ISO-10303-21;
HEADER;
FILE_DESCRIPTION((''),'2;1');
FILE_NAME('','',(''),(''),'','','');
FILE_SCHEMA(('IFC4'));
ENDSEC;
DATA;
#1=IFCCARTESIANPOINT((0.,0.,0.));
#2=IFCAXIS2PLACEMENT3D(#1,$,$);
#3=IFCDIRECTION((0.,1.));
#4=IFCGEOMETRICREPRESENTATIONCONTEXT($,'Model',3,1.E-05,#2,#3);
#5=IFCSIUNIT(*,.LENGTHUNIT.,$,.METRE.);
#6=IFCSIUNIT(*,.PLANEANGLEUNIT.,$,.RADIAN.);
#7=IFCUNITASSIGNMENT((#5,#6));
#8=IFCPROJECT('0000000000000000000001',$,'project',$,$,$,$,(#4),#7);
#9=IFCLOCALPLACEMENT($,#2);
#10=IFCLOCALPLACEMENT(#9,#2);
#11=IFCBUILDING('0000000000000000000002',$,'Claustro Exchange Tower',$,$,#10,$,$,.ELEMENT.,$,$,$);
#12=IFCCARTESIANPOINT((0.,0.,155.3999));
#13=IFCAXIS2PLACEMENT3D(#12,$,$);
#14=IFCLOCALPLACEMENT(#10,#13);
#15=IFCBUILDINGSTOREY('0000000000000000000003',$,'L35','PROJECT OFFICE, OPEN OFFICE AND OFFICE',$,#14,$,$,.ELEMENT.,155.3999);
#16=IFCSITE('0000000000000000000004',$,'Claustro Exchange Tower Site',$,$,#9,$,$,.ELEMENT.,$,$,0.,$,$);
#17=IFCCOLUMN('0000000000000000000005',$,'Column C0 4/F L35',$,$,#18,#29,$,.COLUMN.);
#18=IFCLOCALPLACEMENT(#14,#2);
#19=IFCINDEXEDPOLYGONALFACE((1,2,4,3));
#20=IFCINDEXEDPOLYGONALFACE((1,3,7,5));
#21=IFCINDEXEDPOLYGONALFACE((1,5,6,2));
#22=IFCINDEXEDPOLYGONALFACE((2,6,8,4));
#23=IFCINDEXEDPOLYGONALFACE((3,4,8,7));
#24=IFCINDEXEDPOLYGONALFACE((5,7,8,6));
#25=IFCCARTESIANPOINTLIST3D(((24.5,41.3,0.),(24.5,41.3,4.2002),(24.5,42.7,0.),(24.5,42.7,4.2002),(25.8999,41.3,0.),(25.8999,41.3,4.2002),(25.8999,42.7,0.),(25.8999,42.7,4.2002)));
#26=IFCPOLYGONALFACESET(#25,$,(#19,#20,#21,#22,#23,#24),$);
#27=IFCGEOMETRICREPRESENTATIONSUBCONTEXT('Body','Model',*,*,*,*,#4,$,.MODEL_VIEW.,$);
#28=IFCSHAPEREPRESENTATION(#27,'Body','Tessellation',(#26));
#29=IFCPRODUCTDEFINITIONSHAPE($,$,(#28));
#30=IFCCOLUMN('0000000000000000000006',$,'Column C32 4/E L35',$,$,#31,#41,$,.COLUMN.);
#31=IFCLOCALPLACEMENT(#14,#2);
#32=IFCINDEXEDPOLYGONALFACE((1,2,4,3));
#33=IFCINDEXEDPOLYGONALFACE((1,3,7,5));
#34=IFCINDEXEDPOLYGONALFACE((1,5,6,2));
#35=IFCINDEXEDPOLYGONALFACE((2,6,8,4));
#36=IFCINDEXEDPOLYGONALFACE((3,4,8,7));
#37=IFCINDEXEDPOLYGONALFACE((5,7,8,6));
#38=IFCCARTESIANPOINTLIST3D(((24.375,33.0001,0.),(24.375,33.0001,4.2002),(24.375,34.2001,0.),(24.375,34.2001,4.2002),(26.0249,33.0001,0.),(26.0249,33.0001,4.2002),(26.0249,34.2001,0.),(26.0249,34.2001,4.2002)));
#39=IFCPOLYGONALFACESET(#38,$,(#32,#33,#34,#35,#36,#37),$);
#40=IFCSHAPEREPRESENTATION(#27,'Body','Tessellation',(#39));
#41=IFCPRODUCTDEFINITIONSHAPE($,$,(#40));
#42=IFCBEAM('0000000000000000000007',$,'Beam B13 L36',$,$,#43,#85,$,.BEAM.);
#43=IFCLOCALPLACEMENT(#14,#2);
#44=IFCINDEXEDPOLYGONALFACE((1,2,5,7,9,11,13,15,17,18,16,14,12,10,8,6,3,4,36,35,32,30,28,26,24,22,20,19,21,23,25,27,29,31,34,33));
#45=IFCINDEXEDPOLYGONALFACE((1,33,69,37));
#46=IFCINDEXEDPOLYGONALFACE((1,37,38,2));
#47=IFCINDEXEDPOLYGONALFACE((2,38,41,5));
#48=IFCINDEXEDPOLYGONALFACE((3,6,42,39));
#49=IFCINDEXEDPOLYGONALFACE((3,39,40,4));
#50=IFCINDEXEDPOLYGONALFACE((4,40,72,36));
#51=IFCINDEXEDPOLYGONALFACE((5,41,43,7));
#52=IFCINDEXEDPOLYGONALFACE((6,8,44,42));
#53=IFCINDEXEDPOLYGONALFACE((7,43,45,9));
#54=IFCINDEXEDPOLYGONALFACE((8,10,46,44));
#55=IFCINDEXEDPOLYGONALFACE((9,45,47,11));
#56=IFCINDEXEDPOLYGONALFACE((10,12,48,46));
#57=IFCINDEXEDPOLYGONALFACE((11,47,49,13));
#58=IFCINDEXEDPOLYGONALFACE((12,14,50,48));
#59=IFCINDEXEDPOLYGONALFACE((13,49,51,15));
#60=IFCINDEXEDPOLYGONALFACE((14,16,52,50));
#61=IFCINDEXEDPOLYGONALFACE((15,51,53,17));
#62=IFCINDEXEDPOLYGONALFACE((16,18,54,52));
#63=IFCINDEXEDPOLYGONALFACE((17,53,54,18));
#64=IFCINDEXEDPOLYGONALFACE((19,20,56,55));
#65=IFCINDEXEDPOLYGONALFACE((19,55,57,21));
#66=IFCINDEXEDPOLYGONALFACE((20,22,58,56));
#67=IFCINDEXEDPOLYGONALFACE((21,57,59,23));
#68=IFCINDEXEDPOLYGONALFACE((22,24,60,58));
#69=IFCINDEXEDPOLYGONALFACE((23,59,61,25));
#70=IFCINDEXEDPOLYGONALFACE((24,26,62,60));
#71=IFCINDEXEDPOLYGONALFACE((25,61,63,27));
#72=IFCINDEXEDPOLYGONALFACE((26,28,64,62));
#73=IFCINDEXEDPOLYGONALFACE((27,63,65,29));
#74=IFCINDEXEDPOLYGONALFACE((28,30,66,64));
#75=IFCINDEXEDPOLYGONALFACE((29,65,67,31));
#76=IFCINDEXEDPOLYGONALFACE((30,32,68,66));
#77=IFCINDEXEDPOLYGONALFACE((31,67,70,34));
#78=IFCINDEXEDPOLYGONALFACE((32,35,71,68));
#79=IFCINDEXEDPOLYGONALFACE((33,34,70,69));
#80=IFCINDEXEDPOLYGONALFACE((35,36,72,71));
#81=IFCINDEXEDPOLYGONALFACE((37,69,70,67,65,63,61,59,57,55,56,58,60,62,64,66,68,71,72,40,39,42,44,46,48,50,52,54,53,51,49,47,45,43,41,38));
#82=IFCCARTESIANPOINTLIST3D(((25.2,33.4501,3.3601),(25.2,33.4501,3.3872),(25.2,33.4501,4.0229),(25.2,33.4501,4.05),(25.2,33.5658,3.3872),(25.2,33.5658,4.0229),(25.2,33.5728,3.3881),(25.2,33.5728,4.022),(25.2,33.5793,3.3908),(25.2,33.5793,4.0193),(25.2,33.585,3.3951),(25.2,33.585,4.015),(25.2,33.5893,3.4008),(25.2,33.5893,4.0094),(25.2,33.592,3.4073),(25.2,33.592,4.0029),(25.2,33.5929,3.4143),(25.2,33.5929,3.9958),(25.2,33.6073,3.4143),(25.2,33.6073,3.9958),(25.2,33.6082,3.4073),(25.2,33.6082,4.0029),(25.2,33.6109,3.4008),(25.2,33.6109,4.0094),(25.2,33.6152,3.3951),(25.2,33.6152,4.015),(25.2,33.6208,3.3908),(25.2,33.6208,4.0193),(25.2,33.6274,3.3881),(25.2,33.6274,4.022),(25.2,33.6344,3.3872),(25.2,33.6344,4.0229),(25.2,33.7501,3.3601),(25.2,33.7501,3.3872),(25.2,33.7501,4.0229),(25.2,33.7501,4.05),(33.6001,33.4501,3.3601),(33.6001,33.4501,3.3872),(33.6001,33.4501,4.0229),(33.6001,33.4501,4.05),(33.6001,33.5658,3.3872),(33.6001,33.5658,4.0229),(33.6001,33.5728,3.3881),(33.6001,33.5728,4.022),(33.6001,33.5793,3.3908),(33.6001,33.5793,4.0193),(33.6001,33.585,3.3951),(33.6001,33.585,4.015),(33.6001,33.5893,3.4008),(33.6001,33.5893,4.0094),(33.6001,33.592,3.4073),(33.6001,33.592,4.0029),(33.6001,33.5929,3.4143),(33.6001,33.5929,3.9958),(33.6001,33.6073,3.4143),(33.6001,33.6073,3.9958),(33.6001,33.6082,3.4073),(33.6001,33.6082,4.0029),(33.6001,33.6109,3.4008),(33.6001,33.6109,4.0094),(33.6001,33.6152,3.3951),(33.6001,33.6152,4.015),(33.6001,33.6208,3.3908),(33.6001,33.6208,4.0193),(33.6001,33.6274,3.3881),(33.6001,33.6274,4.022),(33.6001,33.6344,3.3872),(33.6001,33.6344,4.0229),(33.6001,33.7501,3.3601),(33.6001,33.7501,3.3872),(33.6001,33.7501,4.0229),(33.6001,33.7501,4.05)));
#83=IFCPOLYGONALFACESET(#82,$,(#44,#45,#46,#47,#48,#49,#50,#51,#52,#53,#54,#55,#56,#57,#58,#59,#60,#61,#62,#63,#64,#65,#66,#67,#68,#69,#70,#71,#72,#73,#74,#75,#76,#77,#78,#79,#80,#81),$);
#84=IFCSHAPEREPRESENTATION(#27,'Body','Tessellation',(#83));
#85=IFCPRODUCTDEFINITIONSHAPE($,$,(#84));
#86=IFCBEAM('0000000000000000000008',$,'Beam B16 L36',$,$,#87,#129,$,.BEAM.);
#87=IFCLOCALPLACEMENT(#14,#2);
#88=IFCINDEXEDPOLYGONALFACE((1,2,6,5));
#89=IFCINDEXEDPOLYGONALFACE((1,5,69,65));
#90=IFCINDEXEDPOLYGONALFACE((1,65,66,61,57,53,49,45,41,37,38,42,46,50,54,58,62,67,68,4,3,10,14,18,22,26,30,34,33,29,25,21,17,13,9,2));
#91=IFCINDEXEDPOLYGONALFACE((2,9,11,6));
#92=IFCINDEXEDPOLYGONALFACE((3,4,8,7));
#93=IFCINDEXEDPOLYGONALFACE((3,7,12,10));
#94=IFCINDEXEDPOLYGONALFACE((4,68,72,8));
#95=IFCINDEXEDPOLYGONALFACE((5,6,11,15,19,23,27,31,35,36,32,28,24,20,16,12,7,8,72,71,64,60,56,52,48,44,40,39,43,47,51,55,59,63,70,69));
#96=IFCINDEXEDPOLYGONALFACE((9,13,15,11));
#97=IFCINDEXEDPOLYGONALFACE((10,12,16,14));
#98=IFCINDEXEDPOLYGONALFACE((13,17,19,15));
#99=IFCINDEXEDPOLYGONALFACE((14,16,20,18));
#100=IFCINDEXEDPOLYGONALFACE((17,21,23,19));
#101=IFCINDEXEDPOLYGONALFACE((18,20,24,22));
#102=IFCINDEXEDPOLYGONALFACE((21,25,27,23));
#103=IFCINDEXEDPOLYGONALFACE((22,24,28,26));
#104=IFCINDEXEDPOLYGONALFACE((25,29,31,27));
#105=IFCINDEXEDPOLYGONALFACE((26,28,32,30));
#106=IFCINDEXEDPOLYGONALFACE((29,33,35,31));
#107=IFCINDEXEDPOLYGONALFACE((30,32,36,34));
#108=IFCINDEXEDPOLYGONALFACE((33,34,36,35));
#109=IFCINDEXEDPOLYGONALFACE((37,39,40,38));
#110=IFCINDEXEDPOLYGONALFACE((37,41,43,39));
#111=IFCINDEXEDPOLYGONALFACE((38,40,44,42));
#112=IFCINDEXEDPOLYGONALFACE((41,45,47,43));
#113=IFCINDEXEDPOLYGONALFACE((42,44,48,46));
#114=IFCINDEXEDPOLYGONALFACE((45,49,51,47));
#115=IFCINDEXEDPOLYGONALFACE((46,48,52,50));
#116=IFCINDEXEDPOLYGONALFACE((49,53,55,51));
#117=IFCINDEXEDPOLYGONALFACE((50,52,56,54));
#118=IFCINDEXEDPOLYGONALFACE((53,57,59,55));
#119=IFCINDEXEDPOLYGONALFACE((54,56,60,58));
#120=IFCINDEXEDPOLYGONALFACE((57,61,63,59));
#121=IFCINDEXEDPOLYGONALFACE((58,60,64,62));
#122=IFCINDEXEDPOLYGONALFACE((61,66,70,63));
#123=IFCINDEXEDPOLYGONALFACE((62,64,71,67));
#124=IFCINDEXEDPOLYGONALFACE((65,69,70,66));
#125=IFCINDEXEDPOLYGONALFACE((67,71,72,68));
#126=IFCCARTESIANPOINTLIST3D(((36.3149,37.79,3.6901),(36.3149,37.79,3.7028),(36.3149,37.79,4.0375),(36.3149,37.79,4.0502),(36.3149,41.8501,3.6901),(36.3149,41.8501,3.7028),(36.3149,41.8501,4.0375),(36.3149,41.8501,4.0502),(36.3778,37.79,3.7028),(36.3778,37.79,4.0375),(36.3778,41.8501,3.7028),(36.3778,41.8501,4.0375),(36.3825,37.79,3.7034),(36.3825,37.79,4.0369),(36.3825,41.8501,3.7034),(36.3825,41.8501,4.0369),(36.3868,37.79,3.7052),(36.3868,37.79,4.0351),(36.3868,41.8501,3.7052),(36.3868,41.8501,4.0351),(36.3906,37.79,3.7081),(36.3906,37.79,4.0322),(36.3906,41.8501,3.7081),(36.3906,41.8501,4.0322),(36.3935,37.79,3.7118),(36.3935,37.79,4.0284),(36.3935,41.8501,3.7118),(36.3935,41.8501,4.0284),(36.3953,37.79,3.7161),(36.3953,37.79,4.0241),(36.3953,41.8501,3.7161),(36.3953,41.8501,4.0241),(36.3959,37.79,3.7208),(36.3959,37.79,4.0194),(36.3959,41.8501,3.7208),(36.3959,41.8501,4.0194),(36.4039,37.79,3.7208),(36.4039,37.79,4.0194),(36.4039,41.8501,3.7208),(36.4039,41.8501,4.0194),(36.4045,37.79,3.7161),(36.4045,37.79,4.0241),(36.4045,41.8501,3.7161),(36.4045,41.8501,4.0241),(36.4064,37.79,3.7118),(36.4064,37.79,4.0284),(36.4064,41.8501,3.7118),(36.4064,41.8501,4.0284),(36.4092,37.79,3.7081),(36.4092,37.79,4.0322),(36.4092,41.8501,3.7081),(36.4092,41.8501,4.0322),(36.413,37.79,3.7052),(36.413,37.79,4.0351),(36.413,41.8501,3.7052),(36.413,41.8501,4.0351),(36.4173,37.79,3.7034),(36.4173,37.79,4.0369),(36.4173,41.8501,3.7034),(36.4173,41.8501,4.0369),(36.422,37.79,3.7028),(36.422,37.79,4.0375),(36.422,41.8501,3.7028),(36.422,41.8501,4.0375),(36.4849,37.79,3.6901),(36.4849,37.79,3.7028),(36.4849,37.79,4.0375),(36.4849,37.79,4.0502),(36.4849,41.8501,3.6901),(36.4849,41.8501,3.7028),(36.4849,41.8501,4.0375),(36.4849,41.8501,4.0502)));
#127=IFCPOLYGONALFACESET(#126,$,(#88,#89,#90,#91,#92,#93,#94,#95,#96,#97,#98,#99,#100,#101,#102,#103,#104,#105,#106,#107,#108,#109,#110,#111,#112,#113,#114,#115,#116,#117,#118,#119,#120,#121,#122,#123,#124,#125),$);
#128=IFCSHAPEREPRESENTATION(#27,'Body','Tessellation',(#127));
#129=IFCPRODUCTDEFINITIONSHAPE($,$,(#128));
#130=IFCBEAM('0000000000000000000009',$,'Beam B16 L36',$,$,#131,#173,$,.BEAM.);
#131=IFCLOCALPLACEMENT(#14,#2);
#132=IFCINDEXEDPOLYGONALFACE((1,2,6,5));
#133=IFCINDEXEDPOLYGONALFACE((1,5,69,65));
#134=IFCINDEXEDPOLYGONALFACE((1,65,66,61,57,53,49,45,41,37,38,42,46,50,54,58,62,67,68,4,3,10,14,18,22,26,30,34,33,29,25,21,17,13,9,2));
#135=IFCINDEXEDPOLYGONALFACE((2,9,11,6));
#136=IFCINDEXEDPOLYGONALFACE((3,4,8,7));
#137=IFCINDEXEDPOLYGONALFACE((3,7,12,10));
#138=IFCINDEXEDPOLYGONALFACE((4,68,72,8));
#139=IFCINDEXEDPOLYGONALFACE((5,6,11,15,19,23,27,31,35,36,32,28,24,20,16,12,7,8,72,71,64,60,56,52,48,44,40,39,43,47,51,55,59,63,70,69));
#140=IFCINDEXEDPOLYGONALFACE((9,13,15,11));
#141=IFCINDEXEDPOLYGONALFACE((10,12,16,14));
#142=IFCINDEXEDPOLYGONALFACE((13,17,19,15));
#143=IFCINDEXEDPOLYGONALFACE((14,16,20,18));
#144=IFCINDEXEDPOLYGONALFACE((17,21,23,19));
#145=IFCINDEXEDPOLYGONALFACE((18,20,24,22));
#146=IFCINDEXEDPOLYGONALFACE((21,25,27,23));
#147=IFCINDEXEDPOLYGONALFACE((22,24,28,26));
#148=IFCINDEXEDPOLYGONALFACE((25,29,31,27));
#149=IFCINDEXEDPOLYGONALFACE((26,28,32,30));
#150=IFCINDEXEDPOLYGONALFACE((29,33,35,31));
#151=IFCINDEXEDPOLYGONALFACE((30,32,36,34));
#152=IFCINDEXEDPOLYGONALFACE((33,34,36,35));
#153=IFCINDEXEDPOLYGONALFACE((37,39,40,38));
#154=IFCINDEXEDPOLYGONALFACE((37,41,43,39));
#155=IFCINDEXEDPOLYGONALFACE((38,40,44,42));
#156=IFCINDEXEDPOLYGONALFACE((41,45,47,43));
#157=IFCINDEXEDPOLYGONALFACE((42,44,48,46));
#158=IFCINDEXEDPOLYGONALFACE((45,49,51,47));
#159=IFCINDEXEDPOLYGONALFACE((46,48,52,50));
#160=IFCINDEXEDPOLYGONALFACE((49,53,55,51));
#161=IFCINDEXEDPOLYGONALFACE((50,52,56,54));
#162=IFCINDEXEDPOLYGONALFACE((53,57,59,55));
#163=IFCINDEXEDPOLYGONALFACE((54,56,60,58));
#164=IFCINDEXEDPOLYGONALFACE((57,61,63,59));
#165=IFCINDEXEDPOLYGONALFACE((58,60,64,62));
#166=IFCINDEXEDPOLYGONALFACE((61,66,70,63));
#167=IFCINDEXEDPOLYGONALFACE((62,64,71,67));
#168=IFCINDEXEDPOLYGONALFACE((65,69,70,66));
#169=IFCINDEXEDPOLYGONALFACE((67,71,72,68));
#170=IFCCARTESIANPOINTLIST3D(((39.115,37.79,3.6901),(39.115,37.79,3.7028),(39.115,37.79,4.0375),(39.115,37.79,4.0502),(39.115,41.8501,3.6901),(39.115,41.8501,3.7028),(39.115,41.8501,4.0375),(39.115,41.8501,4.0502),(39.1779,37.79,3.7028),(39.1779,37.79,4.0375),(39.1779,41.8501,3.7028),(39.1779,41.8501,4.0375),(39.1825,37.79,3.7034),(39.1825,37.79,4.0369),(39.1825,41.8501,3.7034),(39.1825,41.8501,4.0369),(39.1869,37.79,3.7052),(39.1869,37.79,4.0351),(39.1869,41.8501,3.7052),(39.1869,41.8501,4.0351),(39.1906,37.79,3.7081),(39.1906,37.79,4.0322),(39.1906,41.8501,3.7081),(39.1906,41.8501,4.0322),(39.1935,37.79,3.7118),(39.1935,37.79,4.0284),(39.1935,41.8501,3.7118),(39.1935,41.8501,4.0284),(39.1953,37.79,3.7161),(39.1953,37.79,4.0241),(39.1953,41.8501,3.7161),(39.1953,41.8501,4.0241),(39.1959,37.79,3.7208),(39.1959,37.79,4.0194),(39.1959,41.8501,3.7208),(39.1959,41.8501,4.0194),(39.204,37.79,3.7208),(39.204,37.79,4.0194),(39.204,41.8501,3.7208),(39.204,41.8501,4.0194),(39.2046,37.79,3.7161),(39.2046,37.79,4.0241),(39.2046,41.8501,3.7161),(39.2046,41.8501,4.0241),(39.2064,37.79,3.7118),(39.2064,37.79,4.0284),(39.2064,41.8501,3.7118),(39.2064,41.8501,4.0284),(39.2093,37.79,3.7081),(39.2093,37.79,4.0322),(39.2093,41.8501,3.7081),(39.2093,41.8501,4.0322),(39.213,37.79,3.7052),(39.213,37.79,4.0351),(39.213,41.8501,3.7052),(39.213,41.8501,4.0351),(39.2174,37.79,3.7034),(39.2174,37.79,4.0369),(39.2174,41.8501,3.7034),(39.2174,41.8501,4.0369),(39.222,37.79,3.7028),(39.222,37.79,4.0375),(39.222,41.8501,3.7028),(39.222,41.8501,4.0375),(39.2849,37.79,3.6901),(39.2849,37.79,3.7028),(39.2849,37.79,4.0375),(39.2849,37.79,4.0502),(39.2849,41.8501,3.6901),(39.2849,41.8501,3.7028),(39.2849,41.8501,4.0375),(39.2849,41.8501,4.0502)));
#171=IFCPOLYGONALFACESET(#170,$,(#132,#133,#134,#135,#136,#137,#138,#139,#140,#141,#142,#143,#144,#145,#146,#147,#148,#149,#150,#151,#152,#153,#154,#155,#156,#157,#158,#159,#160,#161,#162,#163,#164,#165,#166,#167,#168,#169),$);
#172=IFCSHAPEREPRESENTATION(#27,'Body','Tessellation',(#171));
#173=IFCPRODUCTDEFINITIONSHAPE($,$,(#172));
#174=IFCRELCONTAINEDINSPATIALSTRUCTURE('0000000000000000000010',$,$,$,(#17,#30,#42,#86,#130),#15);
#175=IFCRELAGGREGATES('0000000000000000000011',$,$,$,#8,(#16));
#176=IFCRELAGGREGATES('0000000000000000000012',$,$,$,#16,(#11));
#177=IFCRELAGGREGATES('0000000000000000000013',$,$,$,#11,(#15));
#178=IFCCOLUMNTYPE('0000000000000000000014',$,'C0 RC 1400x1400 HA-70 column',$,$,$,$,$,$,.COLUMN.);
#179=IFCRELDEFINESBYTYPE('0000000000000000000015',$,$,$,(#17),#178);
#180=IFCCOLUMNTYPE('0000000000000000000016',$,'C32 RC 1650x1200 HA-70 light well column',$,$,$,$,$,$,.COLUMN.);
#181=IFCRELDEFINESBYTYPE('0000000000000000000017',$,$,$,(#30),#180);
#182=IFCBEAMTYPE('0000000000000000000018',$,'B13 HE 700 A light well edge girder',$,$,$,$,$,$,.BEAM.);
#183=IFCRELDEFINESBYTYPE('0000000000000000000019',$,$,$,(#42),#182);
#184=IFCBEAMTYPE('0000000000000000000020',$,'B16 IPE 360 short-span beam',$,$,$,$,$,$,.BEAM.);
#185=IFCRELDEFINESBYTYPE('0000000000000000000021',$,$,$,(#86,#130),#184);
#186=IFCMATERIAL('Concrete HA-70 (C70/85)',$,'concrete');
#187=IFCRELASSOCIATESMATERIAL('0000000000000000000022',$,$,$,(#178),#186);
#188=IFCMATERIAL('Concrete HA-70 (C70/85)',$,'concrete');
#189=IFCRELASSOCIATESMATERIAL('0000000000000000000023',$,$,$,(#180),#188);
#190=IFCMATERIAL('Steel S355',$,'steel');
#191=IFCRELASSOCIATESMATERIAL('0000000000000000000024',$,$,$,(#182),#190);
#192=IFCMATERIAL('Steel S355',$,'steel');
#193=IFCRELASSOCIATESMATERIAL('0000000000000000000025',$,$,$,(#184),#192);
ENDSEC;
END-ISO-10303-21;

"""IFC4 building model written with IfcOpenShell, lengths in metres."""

from ifc_helpers import new_model, si_unit, direction, frame, origin, origin_2d, place, context, subcontext, project, spatial, rectangle, i_section, extrude, material, material_profile, profile_set, type_object, element, save


model = new_model("IFC4")

# Units and contexts
model_context = context("Model", 3, precision=1e-05, world=origin(), true_north=direction((0.0, 1.0)))
body_context = subcontext(model_context, "Body", "Model", "MODEL_VIEW")
ifc_project = project(units=[si_unit("LENGTHUNIT", "METRE"), si_unit("PLANEANGLEUNIT", "RADIAN")], contexts=[model_context])

# Site, building, storey
site_placement = place(None, origin())
site = spatial("IfcSite", under=ifc_project, at=site_placement, Name="Claustro Exchange Tower Site", CompositionType="ELEMENT", RefElevation=0.0)
building_placement = place(site_placement, origin())
building = spatial("IfcBuilding", under=site, at=building_placement, Name="Claustro Exchange Tower", CompositionType="ELEMENT")
storey_placement = place(building_placement, frame((0.0, 0.0, 155.3999)))
storey = spatial("IfcBuildingStorey", under=building, at=storey_placement, Name="L35", Description="PROJECT OFFICE, OPEN OFFICE AND OFFICE", CompositionType="ELEMENT", Elevation=155.3999)

# Columns
ifc_material_1 = material(Name="Concrete HA-70 (C70/85)", Category="concrete")
ifc_material_profile_1 = material_profile(ifc_material_1, rectangle(XDim=1.3999, YDim=1.3999, at=origin_2d()), Name="RC 1400x1400")
ifc_profile_set_1 = profile_set([ifc_material_profile_1], Name="Concrete HA-70 (C70/85)")
column_type_1 = type_object("IfcColumnType", Name="C0 RC 1400x1400 HA-70 column", PredefinedType="COLUMN", material=ifc_profile_set_1)
column_1_placement = place(storey_placement, frame((25.2, 42.0, 0.0), z_axis=(0.0, 0.0, 1.0), x_axis=(1.0, 0.0, 0.0)))
element("IfcColumn", 1, at=column_1_placement, inside=storey, type_object=column_type_1, Name="Column C0 4/F L35", PredefinedType="COLUMN", context=body_context, shape_type="SweptSolid", body=[
    extrude(rectangle(XDim=1.3999, YDim=1.3999, at=origin_2d()), origin(), (0.0, 0.0, 1.0), 4.2002),
])
ifc_material_2 = material(Name="Concrete HA-70 (C70/85)", Category="concrete")
ifc_material_profile_2 = material_profile(ifc_material_2, rectangle(XDim=1.6499, YDim=1.2, at=origin_2d()), Name="RC 1650x1200")
ifc_profile_set_2 = profile_set([ifc_material_profile_2], Name="Concrete HA-70 (C70/85)")
column_type_2 = type_object("IfcColumnType", Name="C32 RC 1650x1200 HA-70 light well column", PredefinedType="COLUMN", material=ifc_profile_set_2)
column_2_placement = place(storey_placement, frame((25.2, 33.6001, 0.0), z_axis=(0.0, 0.0, 1.0), x_axis=(1.0, 0.0, 0.0)))
element("IfcColumn", 2, at=column_2_placement, inside=storey, type_object=column_type_2, Name="Column C32 4/E L35", PredefinedType="COLUMN", context=body_context, shape_type="SweptSolid", body=[
    extrude(rectangle(XDim=1.6499, YDim=1.2, at=origin_2d()), origin(), (0.0, 0.0, 1.0), 4.2002),
])

# Beams
ifc_material_3 = material(Name="Steel S355", Category="steel")
ifc_material_profile_3 = material_profile(ifc_material_3, i_section(OverallWidth=0.3, OverallDepth=0.6899, WebThickness=0.0144, FlangeThickness=0.0271, FilletRadius=0.0271, at=origin_2d()), Name="HE 700 A")
ifc_profile_set_3 = profile_set([ifc_material_profile_3], Name="Steel S355")
beam_type_1 = type_object("IfcBeamType", Name="B13 HE 700 A light well edge girder", PredefinedType="BEAM", material=ifc_profile_set_3)
beam_1_placement = place(storey_placement, frame((25.2, 33.6001, 3.7051), z_axis=(1.0, 0.0, 0.0), x_axis=(0.0, 1.0, 0.0)))
element("IfcBeam", 3, at=beam_1_placement, inside=storey, type_object=beam_type_1, Name="Beam B13 L36", PredefinedType="BEAM", context=body_context, shape_type="SweptSolid", body=[
    extrude(i_section(OverallWidth=0.3, OverallDepth=0.6899, WebThickness=0.0144, FlangeThickness=0.0271, FilletRadius=0.0271, at=origin_2d()), origin(), (0.0, 0.0, 1.0), 8.4001),
])
ifc_material_4 = material(Name="Steel S355", Category="steel")
ifc_material_profile_4 = material_profile(ifc_material_4, i_section(OverallWidth=0.1699, OverallDepth=0.3601, WebThickness=0.0081, FlangeThickness=0.0127, FilletRadius=0.0181, at=origin_2d()), Name="IPE 360")
ifc_profile_set_4 = profile_set([ifc_material_profile_4], Name="Steel S355")
beam_type_2 = type_object("IfcBeamType", Name="B16 IPE 360 short-span beam", PredefinedType="BEAM", material=ifc_profile_set_4)
for number, where, z_axis, x_axis, name in (
    (4, (36.3999, 37.79, 3.8701), (0.0, 1.0, 0.0), (-1.0, 0.0, 0.0), "Beam B16 L36"),
    (5, (39.2, 37.79, 3.8701), (0.0, 1.0, 0.0), (-1.0, 0.0, 0.0), "Beam B16 L36"),
):
    element("IfcBeam", number, at=place(storey_placement, frame(where, z_axis=z_axis, x_axis=x_axis)), inside=storey, type_object=beam_type_2, Name=name, PredefinedType="BEAM", context=body_context, shape_type="SweptSolid", body=[
        extrude(i_section(OverallWidth=0.1699, OverallDepth=0.3601, WebThickness=0.0081, FlangeThickness=0.0127, FilletRadius=0.0181, at=origin_2d()), origin(), (0.0, 0.0, 1.0), 4.0601),
    ])

save(model, "model.ifc")
